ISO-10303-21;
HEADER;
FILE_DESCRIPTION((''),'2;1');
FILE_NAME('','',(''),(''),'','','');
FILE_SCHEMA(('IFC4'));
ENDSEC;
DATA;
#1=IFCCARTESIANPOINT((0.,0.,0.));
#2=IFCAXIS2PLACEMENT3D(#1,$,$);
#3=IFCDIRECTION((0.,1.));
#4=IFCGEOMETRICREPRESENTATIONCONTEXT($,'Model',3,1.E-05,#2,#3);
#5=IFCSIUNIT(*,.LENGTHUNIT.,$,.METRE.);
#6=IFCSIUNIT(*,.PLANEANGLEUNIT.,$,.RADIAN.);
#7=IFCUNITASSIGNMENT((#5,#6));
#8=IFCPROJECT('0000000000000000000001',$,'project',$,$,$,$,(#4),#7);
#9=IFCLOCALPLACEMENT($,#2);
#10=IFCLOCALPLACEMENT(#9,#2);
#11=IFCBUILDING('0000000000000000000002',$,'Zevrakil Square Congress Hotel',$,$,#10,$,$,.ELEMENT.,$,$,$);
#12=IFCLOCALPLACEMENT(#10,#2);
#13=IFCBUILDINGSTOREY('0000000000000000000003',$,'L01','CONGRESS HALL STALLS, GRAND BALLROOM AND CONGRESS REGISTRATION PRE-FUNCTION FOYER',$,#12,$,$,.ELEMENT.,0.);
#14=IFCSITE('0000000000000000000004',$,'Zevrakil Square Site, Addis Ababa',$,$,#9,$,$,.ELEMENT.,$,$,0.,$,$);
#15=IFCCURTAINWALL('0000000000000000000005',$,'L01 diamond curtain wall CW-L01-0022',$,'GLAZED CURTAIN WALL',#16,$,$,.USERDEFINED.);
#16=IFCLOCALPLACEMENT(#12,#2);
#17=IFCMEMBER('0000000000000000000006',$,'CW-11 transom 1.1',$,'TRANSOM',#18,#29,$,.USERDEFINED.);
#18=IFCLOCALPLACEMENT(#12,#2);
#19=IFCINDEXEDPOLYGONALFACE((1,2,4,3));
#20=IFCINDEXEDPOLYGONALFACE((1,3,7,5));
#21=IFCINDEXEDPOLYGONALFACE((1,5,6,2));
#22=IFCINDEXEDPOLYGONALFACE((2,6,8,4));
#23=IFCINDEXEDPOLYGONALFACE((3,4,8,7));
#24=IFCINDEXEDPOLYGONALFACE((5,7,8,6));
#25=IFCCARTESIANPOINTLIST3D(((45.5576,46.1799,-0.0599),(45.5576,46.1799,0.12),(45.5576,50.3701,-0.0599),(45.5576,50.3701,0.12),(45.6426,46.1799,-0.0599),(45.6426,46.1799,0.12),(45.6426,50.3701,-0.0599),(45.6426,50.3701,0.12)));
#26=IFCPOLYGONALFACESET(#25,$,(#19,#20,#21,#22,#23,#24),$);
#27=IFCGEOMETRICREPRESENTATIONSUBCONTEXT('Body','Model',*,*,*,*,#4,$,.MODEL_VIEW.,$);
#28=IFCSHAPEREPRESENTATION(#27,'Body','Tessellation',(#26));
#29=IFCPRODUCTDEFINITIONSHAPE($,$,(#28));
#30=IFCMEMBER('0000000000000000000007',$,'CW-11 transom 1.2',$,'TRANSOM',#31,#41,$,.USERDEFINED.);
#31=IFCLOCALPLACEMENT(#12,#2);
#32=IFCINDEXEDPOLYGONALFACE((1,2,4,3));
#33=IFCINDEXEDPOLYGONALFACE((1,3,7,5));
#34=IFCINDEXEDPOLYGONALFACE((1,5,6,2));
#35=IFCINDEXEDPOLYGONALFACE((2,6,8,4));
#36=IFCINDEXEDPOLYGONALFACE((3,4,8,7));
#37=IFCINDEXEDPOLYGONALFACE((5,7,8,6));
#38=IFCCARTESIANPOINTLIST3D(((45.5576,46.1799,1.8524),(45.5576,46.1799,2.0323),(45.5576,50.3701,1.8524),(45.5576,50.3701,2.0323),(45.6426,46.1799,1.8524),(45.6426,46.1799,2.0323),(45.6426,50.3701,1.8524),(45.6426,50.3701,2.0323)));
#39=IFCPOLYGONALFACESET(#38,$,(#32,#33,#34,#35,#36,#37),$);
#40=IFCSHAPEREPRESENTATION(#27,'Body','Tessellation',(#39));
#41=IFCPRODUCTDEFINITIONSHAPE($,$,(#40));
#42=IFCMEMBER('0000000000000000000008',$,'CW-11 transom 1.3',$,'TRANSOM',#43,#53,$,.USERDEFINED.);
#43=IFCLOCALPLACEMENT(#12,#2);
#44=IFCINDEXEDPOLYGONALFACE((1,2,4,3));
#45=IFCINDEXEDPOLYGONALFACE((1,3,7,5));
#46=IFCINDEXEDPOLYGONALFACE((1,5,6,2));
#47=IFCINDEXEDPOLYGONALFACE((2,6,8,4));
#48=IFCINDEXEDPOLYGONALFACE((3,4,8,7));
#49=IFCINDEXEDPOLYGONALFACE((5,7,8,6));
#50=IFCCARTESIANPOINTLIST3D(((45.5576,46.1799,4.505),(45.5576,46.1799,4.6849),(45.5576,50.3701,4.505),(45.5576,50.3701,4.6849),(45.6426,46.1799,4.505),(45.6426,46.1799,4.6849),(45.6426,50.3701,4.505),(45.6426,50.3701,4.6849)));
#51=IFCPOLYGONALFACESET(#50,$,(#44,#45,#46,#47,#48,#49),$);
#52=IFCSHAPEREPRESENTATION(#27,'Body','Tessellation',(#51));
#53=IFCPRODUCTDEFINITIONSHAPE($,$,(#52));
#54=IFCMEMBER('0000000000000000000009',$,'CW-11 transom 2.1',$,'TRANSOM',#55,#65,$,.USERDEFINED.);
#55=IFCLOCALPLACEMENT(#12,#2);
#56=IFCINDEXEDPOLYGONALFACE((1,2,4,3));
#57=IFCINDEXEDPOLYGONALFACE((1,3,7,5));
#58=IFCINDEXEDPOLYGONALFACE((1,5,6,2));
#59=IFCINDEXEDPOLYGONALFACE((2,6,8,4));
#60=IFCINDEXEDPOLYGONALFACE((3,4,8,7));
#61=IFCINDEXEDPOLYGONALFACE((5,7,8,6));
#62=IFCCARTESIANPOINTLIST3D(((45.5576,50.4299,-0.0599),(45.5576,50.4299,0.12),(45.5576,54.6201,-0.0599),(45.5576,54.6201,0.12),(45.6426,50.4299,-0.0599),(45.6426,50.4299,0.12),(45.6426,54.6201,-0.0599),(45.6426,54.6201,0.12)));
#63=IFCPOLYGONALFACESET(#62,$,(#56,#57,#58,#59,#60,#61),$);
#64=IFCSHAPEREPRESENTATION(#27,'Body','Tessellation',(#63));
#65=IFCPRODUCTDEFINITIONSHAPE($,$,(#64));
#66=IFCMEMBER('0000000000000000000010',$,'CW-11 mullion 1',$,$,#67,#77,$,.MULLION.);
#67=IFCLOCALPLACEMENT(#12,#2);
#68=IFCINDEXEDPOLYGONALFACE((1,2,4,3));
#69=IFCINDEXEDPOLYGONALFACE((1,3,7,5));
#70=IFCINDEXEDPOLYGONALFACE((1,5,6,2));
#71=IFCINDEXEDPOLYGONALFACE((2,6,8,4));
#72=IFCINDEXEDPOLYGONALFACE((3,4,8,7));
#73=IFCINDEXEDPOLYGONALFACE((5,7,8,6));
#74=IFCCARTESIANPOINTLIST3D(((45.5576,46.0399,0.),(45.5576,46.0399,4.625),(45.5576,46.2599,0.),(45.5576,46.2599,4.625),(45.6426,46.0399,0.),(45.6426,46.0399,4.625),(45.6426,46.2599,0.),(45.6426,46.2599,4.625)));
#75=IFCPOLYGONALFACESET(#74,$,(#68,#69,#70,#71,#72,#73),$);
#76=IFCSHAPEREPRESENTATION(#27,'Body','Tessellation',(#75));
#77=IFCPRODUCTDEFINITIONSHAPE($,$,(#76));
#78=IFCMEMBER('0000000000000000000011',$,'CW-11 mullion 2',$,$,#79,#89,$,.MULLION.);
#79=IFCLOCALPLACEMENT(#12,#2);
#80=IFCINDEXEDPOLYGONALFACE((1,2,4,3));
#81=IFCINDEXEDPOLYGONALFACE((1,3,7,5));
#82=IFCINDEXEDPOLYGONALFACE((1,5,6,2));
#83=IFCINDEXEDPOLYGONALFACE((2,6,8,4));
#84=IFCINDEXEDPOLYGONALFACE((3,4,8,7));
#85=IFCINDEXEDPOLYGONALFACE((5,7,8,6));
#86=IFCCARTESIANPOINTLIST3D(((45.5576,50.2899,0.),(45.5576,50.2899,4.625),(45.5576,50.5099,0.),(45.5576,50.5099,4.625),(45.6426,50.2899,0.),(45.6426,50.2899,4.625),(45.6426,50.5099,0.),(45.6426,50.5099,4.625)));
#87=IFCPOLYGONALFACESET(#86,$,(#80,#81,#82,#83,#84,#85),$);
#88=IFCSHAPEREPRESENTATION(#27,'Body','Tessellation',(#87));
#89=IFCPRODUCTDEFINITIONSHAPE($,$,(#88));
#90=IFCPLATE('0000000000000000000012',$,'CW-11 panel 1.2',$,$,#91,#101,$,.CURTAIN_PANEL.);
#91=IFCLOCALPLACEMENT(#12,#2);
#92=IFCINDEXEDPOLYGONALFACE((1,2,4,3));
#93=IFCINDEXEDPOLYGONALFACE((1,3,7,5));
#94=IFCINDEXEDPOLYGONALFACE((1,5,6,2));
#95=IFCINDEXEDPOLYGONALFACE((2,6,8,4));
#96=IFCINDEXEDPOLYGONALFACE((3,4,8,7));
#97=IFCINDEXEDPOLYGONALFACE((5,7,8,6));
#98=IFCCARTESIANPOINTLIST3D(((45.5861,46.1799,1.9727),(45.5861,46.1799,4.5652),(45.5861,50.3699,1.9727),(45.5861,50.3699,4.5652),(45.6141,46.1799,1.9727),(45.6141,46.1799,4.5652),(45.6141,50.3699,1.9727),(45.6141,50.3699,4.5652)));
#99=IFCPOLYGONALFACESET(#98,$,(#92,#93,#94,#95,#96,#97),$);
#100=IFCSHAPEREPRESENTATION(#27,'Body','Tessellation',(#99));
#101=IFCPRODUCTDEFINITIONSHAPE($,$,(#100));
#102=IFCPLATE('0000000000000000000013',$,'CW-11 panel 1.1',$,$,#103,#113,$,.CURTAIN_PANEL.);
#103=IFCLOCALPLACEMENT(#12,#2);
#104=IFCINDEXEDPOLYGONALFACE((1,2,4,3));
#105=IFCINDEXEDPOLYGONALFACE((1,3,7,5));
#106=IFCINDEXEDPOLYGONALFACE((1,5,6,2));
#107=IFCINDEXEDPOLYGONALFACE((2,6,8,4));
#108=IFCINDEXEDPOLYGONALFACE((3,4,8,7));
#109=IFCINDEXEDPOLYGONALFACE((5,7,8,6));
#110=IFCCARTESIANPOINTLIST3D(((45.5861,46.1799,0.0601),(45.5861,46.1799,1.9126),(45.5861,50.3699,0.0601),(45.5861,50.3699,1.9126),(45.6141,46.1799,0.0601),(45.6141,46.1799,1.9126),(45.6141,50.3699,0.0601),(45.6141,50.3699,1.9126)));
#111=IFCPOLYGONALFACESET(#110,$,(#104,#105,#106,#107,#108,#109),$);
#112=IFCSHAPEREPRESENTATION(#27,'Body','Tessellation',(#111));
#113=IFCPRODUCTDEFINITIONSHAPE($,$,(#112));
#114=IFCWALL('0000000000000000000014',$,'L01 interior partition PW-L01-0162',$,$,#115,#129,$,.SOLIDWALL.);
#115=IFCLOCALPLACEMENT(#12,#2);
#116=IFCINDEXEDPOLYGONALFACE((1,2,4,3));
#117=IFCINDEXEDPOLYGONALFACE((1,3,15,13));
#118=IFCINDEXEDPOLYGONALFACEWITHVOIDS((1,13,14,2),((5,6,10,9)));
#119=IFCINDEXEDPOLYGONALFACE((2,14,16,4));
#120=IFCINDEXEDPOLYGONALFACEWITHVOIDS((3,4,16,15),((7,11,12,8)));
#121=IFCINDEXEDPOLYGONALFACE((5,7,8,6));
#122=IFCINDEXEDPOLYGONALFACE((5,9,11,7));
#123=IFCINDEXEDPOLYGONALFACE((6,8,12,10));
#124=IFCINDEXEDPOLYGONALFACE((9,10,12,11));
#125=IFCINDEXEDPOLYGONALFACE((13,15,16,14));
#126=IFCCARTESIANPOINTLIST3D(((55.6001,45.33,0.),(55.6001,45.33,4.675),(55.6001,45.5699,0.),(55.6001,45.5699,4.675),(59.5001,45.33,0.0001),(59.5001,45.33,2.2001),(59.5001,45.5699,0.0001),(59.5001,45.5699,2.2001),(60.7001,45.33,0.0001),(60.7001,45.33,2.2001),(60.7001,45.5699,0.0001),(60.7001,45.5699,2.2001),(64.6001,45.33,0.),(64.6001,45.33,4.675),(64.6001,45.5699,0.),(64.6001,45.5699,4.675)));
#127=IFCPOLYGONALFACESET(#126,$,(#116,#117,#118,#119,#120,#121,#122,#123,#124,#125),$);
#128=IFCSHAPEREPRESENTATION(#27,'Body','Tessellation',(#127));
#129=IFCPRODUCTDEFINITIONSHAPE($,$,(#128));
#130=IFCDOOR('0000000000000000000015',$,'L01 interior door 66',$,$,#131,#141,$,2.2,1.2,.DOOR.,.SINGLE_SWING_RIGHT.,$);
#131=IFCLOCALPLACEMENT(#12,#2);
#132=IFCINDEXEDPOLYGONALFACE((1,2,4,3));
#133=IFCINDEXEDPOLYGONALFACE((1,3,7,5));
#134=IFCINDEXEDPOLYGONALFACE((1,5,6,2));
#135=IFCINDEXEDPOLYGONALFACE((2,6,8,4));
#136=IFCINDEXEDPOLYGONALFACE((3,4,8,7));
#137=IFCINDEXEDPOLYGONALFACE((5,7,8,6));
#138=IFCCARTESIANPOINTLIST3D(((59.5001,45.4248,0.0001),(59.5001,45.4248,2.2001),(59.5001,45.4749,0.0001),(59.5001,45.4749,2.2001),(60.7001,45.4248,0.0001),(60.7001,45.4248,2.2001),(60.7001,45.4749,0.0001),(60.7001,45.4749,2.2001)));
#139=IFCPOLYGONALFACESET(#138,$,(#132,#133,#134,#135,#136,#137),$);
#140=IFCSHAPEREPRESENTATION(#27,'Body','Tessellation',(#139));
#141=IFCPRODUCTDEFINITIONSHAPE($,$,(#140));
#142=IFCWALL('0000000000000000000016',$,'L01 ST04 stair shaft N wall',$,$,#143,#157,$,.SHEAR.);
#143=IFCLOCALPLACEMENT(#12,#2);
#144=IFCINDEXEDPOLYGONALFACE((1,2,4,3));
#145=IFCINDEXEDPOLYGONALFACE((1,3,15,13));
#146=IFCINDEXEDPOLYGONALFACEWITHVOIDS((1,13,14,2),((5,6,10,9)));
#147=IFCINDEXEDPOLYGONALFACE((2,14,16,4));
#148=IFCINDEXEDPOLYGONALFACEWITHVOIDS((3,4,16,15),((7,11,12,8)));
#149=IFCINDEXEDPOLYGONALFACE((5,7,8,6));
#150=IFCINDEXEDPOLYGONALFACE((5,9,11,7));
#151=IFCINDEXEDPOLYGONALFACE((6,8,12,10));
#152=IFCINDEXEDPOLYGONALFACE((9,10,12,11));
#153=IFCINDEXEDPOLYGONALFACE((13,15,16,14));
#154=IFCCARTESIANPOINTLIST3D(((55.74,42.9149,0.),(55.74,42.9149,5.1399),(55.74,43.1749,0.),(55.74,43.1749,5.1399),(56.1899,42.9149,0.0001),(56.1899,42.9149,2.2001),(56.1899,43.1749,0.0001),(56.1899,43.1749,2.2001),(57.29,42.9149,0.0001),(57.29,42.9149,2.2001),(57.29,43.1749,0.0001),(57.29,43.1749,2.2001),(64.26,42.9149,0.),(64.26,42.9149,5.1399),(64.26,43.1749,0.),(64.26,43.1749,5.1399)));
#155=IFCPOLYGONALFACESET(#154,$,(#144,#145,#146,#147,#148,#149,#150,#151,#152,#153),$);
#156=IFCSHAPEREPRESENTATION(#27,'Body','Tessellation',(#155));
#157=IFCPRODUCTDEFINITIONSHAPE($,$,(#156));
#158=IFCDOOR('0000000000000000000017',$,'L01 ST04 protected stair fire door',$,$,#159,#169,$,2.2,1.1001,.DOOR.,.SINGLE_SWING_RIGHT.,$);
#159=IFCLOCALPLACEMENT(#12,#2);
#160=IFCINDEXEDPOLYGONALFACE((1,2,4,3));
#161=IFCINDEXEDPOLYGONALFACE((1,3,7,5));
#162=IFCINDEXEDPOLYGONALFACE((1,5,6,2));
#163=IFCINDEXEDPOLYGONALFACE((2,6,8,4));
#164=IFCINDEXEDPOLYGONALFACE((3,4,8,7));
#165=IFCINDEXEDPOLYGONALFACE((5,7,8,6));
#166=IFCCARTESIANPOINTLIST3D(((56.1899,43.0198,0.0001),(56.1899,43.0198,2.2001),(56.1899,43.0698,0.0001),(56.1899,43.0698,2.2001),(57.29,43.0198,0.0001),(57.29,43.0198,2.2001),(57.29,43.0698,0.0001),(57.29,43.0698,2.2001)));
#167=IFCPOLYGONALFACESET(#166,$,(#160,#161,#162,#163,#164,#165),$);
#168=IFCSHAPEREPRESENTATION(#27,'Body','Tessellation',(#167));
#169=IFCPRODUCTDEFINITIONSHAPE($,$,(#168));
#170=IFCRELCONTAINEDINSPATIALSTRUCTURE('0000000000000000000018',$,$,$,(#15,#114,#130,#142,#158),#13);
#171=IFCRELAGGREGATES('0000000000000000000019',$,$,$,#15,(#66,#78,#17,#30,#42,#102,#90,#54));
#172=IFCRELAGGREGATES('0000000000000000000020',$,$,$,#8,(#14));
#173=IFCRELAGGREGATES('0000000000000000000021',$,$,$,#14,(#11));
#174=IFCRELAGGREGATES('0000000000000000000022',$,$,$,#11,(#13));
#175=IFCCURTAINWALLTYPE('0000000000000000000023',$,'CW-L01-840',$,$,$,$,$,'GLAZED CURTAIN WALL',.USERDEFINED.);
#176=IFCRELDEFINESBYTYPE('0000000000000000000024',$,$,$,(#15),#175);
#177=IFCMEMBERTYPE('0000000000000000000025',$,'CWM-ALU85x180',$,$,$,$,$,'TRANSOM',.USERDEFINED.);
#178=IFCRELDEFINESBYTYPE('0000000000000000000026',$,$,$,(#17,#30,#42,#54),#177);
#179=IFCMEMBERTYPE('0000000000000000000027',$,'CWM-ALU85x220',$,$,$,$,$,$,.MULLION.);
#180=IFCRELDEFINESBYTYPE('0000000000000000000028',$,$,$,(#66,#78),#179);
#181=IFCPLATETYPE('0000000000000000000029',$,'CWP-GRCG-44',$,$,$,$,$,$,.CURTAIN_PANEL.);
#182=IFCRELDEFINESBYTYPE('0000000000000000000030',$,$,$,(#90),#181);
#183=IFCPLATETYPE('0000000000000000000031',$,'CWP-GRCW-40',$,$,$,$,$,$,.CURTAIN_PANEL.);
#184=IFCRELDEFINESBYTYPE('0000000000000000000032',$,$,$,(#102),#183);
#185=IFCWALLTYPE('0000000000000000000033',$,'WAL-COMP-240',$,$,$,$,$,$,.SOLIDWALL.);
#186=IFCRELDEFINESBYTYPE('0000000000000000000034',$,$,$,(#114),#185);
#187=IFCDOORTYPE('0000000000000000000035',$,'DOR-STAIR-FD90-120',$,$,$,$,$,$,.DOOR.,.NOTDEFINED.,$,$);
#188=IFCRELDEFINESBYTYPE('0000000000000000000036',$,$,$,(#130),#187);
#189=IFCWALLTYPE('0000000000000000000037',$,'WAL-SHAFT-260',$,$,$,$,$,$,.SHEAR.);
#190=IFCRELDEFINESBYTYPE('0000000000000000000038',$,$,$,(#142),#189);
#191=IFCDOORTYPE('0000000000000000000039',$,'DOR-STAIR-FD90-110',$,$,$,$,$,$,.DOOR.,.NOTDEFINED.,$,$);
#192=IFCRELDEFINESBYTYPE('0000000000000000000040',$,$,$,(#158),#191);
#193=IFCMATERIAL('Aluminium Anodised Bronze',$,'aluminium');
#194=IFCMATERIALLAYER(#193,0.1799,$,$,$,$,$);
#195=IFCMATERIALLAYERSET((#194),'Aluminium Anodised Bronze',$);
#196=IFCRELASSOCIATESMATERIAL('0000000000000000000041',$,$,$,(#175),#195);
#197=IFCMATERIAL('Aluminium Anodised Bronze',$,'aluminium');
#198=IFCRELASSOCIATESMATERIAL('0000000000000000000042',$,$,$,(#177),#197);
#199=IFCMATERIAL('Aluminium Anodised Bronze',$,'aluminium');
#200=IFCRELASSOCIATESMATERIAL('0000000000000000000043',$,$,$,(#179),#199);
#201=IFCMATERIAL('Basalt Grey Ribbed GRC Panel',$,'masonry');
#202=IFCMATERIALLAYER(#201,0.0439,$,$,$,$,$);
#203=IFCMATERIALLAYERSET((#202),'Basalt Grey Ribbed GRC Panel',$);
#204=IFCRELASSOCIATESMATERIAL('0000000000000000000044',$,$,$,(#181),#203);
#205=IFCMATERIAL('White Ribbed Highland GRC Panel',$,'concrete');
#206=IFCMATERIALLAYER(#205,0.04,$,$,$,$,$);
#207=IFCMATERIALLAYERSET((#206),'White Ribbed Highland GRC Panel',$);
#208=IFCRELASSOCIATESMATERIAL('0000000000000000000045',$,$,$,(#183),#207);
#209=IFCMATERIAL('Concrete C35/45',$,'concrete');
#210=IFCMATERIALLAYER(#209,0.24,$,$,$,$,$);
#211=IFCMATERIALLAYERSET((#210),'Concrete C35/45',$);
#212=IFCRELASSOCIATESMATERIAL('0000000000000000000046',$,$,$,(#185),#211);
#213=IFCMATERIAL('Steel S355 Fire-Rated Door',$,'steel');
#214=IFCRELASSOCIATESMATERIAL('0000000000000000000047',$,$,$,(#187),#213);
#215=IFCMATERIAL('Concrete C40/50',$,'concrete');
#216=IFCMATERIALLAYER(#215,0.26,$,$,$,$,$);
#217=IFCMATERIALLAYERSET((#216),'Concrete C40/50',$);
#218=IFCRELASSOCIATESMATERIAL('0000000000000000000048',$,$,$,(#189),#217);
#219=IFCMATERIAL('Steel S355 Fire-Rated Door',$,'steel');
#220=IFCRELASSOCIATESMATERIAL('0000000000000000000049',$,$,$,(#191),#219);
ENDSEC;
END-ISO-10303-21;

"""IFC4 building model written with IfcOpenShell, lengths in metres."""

from ifc_helpers import new_model, si_unit, direction, frame, frame_2d, origin, origin_2d, place, context, subcontext, project, spatial, rectangle, extrude, material, layer, layer_set, material_profile, profile_set, type_object, element, fill, aggregate, save


model = new_model("IFC4")

# Units and contexts
model_context = context("Model", 3, precision=1e-05, world=origin(), true_north=direction((0.0, 1.0)))
body_context = subcontext(model_context, "Body", "Model", "MODEL_VIEW")
ifc_project = project(units=[si_unit("LENGTHUNIT", "METRE"), si_unit("PLANEANGLEUNIT", "RADIAN")], contexts=[model_context])

# Site, building, storey
site_placement = place(None, origin())
site = spatial("IfcSite", under=ifc_project, at=site_placement, Name="Zevrakil Square Site, Addis Ababa", CompositionType="ELEMENT", RefElevation=0.0)
building_placement = place(site_placement, origin())
building = spatial("IfcBuilding", under=site, at=building_placement, Name="Zevrakil Square Congress Hotel", CompositionType="ELEMENT")
storey_placement = place(building_placement, origin())
storey = spatial("IfcBuildingStorey", under=building, at=storey_placement, Name="L01", Description="CONGRESS HALL STALLS, GRAND BALLROOM AND CONGRESS REGISTRATION PRE-FUNCTION FOYER", CompositionType="ELEMENT", Elevation=0.0)

# Curtain wall, members, plates
ifc_material_1 = material(Name="Aluminium Anodised Bronze", Category="aluminium")
ifc_layer_1 = layer(ifc_material_1, 0.1799)
ifc_layer_set_1 = layer_set([ifc_layer_1], Name="Aluminium Anodised Bronze")
curtain_wall_type = type_object("IfcCurtainWallType", Name="CW-L01-840", ElementType="GLAZED CURTAIN WALL", PredefinedType="USERDEFINED", material=ifc_layer_set_1)
curtain_wall_placement = place(storey_placement, origin())
curtain_wall = element("IfcCurtainWall", 1, at=curtain_wall_placement, inside=storey, type_object=curtain_wall_type, Name="L01 diamond curtain wall CW-L01-0022", ObjectType="GLAZED CURTAIN WALL", PredefinedType="USERDEFINED")
ifc_material_2 = material(Name="Aluminium Anodised Bronze", Category="aluminium")
ifc_material_profile_1 = material_profile(ifc_material_2, rectangle(XDim=0.085, YDim=0.1799, at=origin_2d()), Name="ALU 85x180")
ifc_profile_set_1 = profile_set([ifc_material_profile_1], Name="Aluminium Anodised Bronze")
member_type_1 = type_object("IfcMemberType", Name="CWM-ALU85x180", ElementType="TRANSOM", PredefinedType="USERDEFINED", material=ifc_profile_set_1)
member_1_placement = place(storey_placement, frame((45.6001, 46.1799, 0.03), z_axis=(0.0, 1.0, 0.0), x_axis=(-1.0, 0.0, 0.0)))
member_1 = element("IfcMember", 2, at=member_1_placement, type_object=member_type_1, Name="CW-11 transom 1.1", ObjectType="TRANSOM", PredefinedType="USERDEFINED", context=body_context, shape_type="SweptSolid", body=[
    extrude(rectangle(XDim=0.085, YDim=0.1799, at=origin_2d()), origin(), (0.0, 0.0, 1.0), 4.1902),
])
member_2_placement = place(storey_placement, frame((45.6001, 46.1799, 1.9424), z_axis=(0.0, 1.0, 0.0), x_axis=(-1.0, 0.0, 0.0)))
member_2 = element("IfcMember", 3, at=member_2_placement, type_object=member_type_1, Name="CW-11 transom 1.2", ObjectType="TRANSOM", PredefinedType="USERDEFINED", context=body_context, shape_type="SweptSolid", body=[
    extrude(rectangle(XDim=0.085, YDim=0.1799, at=origin_2d()), origin(), (0.0, 0.0, 1.0), 4.1902),
])
member_3_placement = place(storey_placement, frame((45.6001, 46.1799, 4.595), z_axis=(0.0, 1.0, 0.0), x_axis=(-1.0, 0.0, 0.0)))
member_3 = element("IfcMember", 4, at=member_3_placement, type_object=member_type_1, Name="CW-11 transom 1.3", ObjectType="TRANSOM", PredefinedType="USERDEFINED", context=body_context, shape_type="SweptSolid", body=[
    extrude(rectangle(XDim=0.085, YDim=0.1799, at=origin_2d()), origin(), (0.0, 0.0, 1.0), 4.1902),
])
member_4_placement = place(storey_placement, frame((45.6001, 50.4299, 0.03), z_axis=(0.0, 1.0, 0.0), x_axis=(-1.0, 0.0, 0.0)))
member_4 = element("IfcMember", 5, at=member_4_placement, type_object=member_type_1, Name="CW-11 transom 2.1", ObjectType="TRANSOM", PredefinedType="USERDEFINED", context=body_context, shape_type="SweptSolid", body=[
    extrude(rectangle(XDim=0.085, YDim=0.1799, at=origin_2d()), origin(), (0.0, 0.0, 1.0), 4.1902),
])
ifc_material_3 = material(Name="Aluminium Anodised Bronze", Category="aluminium")
ifc_material_profile_2 = material_profile(ifc_material_3, rectangle(XDim=0.085, YDim=0.22, at=origin_2d()), Name="ALU 85x220")
ifc_profile_set_2 = profile_set([ifc_material_profile_2], Name="Aluminium Anodised Bronze")
member_type_2 = type_object("IfcMemberType", Name="CWM-ALU85x220", PredefinedType="MULLION", material=ifc_profile_set_2)
member_5_placement = place(storey_placement, frame((45.6001, 46.1499, 0.0), z_axis=(0.0, 0.0, 1.0), x_axis=(-1.0, 0.0, 0.0)))
member_5 = element("IfcMember", 6, at=member_5_placement, type_object=member_type_2, Name="CW-11 mullion 1", PredefinedType="MULLION", context=body_context, shape_type="SweptSolid", body=[
    extrude(rectangle(XDim=0.085, YDim=0.22, at=origin_2d()), origin(), (0.0, 0.0, 1.0), 4.625),
])
member_6_placement = place(storey_placement, frame((45.6001, 50.3999, 0.0), z_axis=(0.0, 0.0, 1.0), x_axis=(-1.0, 0.0, 0.0)))
member_6 = element("IfcMember", 7, at=member_6_placement, type_object=member_type_2, Name="CW-11 mullion 2", PredefinedType="MULLION", context=body_context, shape_type="SweptSolid", body=[
    extrude(rectangle(XDim=0.085, YDim=0.22, at=origin_2d()), origin(), (0.0, 0.0, 1.0), 4.625),
])
ifc_material_4 = material(Name="Basalt Grey Ribbed GRC Panel", Category="masonry")
ifc_layer_2 = layer(ifc_material_4, 0.0439)
ifc_layer_set_2 = layer_set([ifc_layer_2], Name="Basalt Grey Ribbed GRC Panel")
plate_type_1 = type_object("IfcPlateType", Name="CWP-GRCG-44", PredefinedType="CURTAIN_PANEL", material=ifc_layer_set_2)
plate_1_placement = place(storey_placement, frame((45.6001, 48.2749, 1.9727), z_axis=(0.0, 0.0, 1.0), x_axis=(0.0, 1.0, 0.0)))
plate_1 = element("IfcPlate", 8, at=plate_1_placement, type_object=plate_type_1, Name="CW-11 panel 1.2", PredefinedType="CURTAIN_PANEL", context=body_context, shape_type="SweptSolid", body=[
    extrude(rectangle(XDim=4.1899, YDim=0.0281, at=origin_2d()), origin(), (0.0, 0.0, 1.0), 2.5925),
])
ifc_material_5 = material(Name="White Ribbed Highland GRC Panel", Category="concrete")
ifc_layer_3 = layer(ifc_material_5, 0.04)
ifc_layer_set_3 = layer_set([ifc_layer_3], Name="White Ribbed Highland GRC Panel")
plate_type_2 = type_object("IfcPlateType", Name="CWP-GRCW-40", PredefinedType="CURTAIN_PANEL", material=ifc_layer_set_3)
plate_2_placement = place(storey_placement, frame((45.6001, 48.2749, 0.0601), z_axis=(0.0, 0.0, 1.0), x_axis=(0.0, 1.0, 0.0)))
plate_2 = element("IfcPlate", 9, at=plate_2_placement, type_object=plate_type_2, Name="CW-11 panel 1.1", PredefinedType="CURTAIN_PANEL", context=body_context, shape_type="SweptSolid", body=[
    extrude(rectangle(XDim=4.1899, YDim=0.0281, at=origin_2d()), origin(), (0.0, 0.0, 1.0), 1.8525),
])
aggregate(curtain_wall, [member_5, member_6, member_1, member_2, member_3, plate_2, plate_1, member_4])

# Walls, openings, doors
ifc_material_6 = material(Name="Concrete C35/45", Category="concrete")
ifc_layer_4 = layer(ifc_material_6, 0.24)
ifc_layer_set_4 = layer_set([ifc_layer_4], Name="Concrete C35/45")
wall_type_1 = type_object("IfcWallType", Name="WAL-COMP-240", PredefinedType="SOLIDWALL", material=ifc_layer_set_4)
wall_1_placement = place(storey_placement, frame((55.6001, 45.45, 0.0), z_axis=(0.0, 0.0, 1.0), x_axis=(1.0, 0.0, 0.0)))
wall_1 = element("IfcWall", 10, at=wall_1_placement, inside=storey, type_object=wall_type_1, Name="L01 interior partition PW-L01-0162", PredefinedType="SOLIDWALL", context=body_context, shape_type="SweptSolid", body=[
    extrude(rectangle(XDim=9.0, YDim=0.24, at=frame_2d((4.5, 0.0))), origin(), (0.0, 0.0, 1.0), 4.675),
])
opening_1_placement = place(wall_1_placement, frame((3.8999, 0.0, 0.0)))
opening_1 = element("IfcOpeningElement", 11, at=opening_1_placement, cuts=wall_1, PredefinedType="OPENING", context=body_context, shape_type="SweptSolid", body=[
    extrude(rectangle(XDim=1.2, YDim=2.2, at=frame_2d((0.6001, 1.1001))), frame((0.0, 0.1299, 0.0), z_axis=(0.0, -1.0, 0.0), x_axis=(1.0, 0.0, 0.0)), (0.0, 0.0, 1.0), 0.26),
])
ifc_material_7 = material(Name="Steel S355 Fire-Rated Door", Category="steel")
door_type_1 = type_object("IfcDoorType", Name="DOR-STAIR-FD90-120", OperationType="NOTDEFINED", PredefinedType="DOOR", material=ifc_material_7)
door_1_placement = place(opening_1_placement, origin())
door_1 = element("IfcDoor", 12, at=door_1_placement, inside=storey, type_object=door_type_1, Name="L01 interior door 66", OperationType="SINGLE_SWING_RIGHT", OverallHeight=2.2, OverallWidth=1.2, PredefinedType="DOOR", context=body_context, shape_type="SweptSolid", body=[
    extrude(rectangle(XDim=1.2, YDim=2.2, at=frame_2d((0.6001, 1.1001))), frame((0.0, 0.0249, 0.0), z_axis=(0.0, -1.0, 0.0), x_axis=(1.0, 0.0, 0.0)), (0.0, 0.0, 1.0), 0.05),
])
fill(opening_1, door_1)
ifc_material_8 = material(Name="Concrete C40/50", Category="concrete")
ifc_layer_5 = layer(ifc_material_8, 0.26)
ifc_layer_set_5 = layer_set([ifc_layer_5], Name="Concrete C40/50")
wall_type_2 = type_object("IfcWallType", Name="WAL-SHAFT-260", PredefinedType="SHEAR", material=ifc_layer_set_5)
wall_2_placement = place(storey_placement, frame((55.74, 43.0449, 0.0), z_axis=(0.0, 0.0, 1.0), x_axis=(1.0, 0.0, 0.0)))
wall_2 = element("IfcWall", 13, at=wall_2_placement, inside=storey, type_object=wall_type_2, Name="L01 ST04 stair shaft N wall", PredefinedType="SHEAR", context=body_context, shape_type="SweptSolid", body=[
    extrude(rectangle(XDim=8.52, YDim=0.26, at=frame_2d((4.26, 0.0))), origin(), (0.0, 0.0, 1.0), 5.1399),
])
opening_2_placement = place(wall_2_placement, frame((0.45, 0.0, 0.0)))
opening_2 = element("IfcOpeningElement", 14, at=opening_2_placement, cuts=wall_2, PredefinedType="OPENING", context=body_context, shape_type="SweptSolid", body=[
    extrude(rectangle(XDim=1.1001, YDim=2.2, at=frame_2d((0.55, 1.1001))), frame((0.0, 0.1401, 0.0), z_axis=(0.0, -1.0, 0.0), x_axis=(1.0, 0.0, 0.0)), (0.0, 0.0, 1.0), 0.28),
])
ifc_material_9 = material(Name="Steel S355 Fire-Rated Door", Category="steel")
door_type_2 = type_object("IfcDoorType", Name="DOR-STAIR-FD90-110", OperationType="NOTDEFINED", PredefinedType="DOOR", material=ifc_material_9)
door_2_placement = place(opening_2_placement, origin())
door_2 = element("IfcDoor", 15, at=door_2_placement, inside=storey, type_object=door_type_2, Name="L01 ST04 protected stair fire door", OperationType="SINGLE_SWING_RIGHT", OverallHeight=2.2, OverallWidth=1.1001, PredefinedType="DOOR", context=body_context, shape_type="SweptSolid", body=[
    extrude(rectangle(XDim=1.1001, YDim=2.2, at=frame_2d((0.55, 1.1001))), frame((0.0, 0.0249, 0.0), z_axis=(0.0, -1.0, 0.0), x_axis=(1.0, 0.0, 0.0)), (0.0, 0.0, 1.0), 0.05),
])
fill(opening_2, door_2)

save(model, "model.ifc")
